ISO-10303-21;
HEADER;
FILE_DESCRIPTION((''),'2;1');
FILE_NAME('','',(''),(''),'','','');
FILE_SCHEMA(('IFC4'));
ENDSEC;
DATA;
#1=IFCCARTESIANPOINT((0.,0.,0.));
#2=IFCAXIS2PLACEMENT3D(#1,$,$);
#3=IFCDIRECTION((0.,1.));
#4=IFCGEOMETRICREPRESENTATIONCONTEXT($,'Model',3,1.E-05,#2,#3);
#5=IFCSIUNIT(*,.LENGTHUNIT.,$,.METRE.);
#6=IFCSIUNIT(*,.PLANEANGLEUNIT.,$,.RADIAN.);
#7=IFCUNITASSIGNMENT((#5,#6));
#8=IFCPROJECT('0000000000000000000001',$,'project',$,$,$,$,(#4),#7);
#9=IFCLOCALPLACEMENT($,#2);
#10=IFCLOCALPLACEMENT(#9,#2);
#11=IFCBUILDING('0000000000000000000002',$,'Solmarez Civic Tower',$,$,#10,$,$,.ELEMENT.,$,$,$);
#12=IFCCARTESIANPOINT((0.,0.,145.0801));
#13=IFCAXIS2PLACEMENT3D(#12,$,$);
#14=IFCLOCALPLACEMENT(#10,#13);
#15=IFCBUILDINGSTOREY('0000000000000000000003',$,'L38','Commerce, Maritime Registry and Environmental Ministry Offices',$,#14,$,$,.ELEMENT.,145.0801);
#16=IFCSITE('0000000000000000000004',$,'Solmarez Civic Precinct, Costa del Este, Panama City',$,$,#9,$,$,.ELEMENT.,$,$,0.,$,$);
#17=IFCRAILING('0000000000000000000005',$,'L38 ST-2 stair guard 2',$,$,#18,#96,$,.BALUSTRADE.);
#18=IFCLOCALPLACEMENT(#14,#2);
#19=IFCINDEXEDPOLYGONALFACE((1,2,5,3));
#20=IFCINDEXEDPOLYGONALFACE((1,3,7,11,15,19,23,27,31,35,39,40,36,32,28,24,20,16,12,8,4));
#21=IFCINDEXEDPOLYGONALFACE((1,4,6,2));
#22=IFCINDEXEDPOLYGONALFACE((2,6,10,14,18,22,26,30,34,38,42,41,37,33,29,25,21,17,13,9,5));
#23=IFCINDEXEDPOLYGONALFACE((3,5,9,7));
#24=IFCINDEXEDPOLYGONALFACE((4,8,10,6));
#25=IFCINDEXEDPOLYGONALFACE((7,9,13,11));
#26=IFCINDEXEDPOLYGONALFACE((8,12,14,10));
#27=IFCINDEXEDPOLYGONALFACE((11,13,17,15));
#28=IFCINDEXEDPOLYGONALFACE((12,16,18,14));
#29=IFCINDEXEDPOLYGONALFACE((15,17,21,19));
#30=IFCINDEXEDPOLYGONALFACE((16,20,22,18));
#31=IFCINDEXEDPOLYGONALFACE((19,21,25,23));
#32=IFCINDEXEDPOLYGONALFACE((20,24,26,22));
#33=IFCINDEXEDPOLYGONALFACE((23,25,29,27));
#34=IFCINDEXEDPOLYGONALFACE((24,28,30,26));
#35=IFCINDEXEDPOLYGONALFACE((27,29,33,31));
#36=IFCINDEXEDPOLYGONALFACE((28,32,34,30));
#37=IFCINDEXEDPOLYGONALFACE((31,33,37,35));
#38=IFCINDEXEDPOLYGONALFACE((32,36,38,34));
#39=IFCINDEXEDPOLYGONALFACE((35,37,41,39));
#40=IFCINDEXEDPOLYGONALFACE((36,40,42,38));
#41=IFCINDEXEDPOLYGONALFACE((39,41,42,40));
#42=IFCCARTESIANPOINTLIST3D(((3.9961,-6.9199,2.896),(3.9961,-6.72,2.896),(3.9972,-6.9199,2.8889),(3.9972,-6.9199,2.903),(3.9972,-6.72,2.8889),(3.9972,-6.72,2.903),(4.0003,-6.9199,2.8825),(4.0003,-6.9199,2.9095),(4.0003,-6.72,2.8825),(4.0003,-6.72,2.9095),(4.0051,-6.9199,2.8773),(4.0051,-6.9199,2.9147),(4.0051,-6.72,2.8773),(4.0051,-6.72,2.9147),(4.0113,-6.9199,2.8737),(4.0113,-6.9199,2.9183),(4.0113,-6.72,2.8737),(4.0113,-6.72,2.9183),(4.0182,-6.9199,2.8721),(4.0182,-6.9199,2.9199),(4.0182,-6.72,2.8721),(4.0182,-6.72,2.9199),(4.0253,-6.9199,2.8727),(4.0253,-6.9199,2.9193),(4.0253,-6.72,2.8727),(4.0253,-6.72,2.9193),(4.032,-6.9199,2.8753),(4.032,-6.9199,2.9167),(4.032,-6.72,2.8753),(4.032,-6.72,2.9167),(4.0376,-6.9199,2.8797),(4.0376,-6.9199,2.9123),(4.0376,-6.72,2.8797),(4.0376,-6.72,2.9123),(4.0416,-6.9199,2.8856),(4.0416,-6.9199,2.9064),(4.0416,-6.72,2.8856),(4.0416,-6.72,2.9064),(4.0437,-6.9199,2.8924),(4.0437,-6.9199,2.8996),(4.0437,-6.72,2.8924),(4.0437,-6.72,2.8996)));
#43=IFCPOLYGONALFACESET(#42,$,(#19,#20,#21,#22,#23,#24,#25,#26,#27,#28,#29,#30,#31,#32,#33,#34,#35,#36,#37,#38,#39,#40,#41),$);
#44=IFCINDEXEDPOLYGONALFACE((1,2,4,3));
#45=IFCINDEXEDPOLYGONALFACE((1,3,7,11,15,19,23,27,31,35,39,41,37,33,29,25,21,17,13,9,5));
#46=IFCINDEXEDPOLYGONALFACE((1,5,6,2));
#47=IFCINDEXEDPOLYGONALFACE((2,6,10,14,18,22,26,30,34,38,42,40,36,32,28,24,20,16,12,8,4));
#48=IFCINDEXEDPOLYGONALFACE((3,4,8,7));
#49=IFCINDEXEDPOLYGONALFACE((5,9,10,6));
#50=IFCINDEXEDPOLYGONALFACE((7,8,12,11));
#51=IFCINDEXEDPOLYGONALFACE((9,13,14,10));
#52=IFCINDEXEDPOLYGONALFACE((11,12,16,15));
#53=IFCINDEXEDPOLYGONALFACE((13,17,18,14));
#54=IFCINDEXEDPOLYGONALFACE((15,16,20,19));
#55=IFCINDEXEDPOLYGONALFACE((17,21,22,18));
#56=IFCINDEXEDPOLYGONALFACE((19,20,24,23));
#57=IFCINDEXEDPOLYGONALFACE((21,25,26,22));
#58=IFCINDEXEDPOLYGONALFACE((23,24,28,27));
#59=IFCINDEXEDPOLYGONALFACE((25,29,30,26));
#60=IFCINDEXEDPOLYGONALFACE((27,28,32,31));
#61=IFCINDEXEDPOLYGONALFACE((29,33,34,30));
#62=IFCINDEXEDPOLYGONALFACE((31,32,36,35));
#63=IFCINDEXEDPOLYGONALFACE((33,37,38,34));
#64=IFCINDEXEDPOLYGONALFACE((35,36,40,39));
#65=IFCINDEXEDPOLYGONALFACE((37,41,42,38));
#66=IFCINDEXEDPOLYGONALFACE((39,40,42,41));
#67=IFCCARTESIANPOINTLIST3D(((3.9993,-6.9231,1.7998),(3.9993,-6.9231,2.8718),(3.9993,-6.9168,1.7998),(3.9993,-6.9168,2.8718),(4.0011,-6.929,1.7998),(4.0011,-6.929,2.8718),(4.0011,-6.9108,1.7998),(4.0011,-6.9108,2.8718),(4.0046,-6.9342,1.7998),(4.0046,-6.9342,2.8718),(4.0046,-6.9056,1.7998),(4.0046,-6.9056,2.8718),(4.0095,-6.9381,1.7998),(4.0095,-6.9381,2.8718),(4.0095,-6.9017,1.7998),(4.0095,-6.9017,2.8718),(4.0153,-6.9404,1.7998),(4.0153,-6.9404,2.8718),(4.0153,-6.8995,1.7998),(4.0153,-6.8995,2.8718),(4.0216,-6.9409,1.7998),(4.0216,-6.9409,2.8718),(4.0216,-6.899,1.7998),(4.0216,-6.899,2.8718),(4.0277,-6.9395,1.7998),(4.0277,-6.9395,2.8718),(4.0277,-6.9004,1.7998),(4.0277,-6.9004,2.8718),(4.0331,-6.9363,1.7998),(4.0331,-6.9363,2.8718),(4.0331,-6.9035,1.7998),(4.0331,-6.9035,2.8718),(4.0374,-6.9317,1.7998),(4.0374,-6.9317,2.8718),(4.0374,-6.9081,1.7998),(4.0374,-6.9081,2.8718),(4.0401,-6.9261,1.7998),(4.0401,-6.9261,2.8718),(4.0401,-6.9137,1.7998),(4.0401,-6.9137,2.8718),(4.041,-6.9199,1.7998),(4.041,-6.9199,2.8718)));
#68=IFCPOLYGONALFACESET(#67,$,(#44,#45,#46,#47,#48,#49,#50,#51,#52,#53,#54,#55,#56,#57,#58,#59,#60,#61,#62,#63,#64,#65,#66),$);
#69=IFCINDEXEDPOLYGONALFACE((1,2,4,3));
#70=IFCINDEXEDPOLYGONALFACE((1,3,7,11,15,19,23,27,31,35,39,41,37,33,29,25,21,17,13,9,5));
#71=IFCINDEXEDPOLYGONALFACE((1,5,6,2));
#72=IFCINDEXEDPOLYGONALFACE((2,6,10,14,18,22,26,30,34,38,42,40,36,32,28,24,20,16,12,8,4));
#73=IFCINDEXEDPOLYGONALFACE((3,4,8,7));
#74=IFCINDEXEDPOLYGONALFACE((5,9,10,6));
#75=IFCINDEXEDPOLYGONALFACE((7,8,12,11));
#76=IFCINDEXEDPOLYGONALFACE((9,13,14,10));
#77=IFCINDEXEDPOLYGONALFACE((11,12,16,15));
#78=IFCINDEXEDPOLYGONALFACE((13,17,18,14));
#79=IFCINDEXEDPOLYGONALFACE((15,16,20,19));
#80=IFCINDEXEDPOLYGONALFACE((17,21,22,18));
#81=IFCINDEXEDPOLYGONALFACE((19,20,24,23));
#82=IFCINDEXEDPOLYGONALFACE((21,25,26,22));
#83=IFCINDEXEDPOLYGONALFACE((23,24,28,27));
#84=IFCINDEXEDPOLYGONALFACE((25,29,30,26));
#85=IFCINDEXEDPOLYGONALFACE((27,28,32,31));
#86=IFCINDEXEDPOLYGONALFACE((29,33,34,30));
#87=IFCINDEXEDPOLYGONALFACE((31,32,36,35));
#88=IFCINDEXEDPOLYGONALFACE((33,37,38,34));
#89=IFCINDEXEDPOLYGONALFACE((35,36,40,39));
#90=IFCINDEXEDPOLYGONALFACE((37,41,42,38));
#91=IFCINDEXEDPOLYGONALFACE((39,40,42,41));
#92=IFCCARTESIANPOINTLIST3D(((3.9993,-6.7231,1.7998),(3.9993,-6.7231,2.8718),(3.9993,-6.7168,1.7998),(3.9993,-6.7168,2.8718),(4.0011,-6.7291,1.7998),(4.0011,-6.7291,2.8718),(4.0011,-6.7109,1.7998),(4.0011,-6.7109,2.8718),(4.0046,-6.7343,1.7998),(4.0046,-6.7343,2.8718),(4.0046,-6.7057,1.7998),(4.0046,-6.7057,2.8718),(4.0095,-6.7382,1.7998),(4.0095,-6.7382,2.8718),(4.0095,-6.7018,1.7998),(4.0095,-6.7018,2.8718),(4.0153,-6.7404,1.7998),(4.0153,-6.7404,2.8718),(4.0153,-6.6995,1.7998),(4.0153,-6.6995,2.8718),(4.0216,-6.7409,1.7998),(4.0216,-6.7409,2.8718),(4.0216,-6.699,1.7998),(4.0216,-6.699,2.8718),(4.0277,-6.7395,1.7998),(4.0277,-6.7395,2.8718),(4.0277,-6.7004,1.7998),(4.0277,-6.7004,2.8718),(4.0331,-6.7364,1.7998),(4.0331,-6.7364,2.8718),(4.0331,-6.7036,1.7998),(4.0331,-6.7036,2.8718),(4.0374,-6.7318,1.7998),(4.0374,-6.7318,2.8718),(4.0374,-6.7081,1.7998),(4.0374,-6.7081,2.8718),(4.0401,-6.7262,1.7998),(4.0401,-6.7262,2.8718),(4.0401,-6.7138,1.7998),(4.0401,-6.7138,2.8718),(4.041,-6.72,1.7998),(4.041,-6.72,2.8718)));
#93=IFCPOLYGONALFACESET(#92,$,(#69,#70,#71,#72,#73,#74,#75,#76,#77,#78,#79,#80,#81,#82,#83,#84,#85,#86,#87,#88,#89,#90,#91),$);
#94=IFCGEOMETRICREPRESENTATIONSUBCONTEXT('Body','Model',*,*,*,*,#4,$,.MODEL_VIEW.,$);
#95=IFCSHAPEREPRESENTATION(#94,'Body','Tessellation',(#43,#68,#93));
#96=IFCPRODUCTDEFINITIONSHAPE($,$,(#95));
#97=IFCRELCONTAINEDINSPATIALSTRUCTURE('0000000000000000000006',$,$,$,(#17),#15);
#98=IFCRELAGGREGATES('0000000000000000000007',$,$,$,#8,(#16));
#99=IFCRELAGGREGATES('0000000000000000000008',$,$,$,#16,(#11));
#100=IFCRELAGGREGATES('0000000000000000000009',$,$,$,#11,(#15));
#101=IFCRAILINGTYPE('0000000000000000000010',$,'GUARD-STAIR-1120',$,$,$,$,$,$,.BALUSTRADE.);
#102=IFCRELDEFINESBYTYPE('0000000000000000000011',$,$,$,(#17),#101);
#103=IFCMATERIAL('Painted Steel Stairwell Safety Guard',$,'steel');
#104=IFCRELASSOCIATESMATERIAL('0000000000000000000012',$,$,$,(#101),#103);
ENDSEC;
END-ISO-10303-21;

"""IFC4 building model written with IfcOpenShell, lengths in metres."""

from ifc_helpers import new_model, si_unit, direction, frame, origin, origin_2d, place, context, subcontext, project, spatial, circle, extrude, material, type_object, element, save


model = new_model("IFC4")

# Units and contexts
model_context = context("Model", 3, precision=1e-05, world=origin(), true_north=direction((0.0, 1.0)))
body_context = subcontext(model_context, "Body", "Model", "MODEL_VIEW")
ifc_project = project(units=[si_unit("LENGTHUNIT", "METRE"), si_unit("PLANEANGLEUNIT", "RADIAN")], contexts=[model_context])

# Site, building, storey
site_placement = place(None, origin())
site = spatial("IfcSite", under=ifc_project, at=site_placement, Name="Solmarez Civic Precinct, Costa del Este, Panama City", CompositionType="ELEMENT", RefElevation=0.0)
building_placement = place(site_placement, origin())
building = spatial("IfcBuilding", under=site, at=building_placement, Name="Solmarez Civic Tower", CompositionType="ELEMENT")
storey_placement = place(building_placement, frame((0.0, 0.0, 145.0801)))
storey = spatial("IfcBuildingStorey", under=building, at=storey_placement, Name="L38", Description="Commerce, Maritime Registry and Environmental Ministry Offices", CompositionType="ELEMENT", Elevation=145.0801)

# Railing
ifc_material_1 = material(Name="Painted Steel Stairwell Safety Guard", Category="steel")
railing_type_1 = type_object("IfcRailingType", Name="GUARD-STAIR-1120", PredefinedType="BALUSTRADE", material=ifc_material_1)
railing_1_placement = place(storey_placement, frame((4.02, -6.9199, 1.7998)))
element("IfcRailing", 1, at=railing_1_placement, inside=storey, type_object=railing_type_1, Name="L38 ST-2 stair guard 2", PredefinedType="BALUSTRADE", context=body_context, shape_type="SweptSolid", body=[
    extrude(circle(Radius=0.0239, at=origin_2d()), frame((0.0, 0.0, 1.0962), z_axis=(0.0, 1.0, 0.0), x_axis=(-1.0, 0.0, 0.0)), (0.0, 0.0, 1.0), 0.2),
    extrude(circle(Radius=0.021, at=origin_2d()), origin(), (0.0, 0.0, 1.0), 1.072),
    extrude(circle(Radius=0.021, at=origin_2d()), frame((0.0, 0.2, 0.0)), (0.0, 0.0, 1.0), 1.072),
])

save(model, "model.ifc")
